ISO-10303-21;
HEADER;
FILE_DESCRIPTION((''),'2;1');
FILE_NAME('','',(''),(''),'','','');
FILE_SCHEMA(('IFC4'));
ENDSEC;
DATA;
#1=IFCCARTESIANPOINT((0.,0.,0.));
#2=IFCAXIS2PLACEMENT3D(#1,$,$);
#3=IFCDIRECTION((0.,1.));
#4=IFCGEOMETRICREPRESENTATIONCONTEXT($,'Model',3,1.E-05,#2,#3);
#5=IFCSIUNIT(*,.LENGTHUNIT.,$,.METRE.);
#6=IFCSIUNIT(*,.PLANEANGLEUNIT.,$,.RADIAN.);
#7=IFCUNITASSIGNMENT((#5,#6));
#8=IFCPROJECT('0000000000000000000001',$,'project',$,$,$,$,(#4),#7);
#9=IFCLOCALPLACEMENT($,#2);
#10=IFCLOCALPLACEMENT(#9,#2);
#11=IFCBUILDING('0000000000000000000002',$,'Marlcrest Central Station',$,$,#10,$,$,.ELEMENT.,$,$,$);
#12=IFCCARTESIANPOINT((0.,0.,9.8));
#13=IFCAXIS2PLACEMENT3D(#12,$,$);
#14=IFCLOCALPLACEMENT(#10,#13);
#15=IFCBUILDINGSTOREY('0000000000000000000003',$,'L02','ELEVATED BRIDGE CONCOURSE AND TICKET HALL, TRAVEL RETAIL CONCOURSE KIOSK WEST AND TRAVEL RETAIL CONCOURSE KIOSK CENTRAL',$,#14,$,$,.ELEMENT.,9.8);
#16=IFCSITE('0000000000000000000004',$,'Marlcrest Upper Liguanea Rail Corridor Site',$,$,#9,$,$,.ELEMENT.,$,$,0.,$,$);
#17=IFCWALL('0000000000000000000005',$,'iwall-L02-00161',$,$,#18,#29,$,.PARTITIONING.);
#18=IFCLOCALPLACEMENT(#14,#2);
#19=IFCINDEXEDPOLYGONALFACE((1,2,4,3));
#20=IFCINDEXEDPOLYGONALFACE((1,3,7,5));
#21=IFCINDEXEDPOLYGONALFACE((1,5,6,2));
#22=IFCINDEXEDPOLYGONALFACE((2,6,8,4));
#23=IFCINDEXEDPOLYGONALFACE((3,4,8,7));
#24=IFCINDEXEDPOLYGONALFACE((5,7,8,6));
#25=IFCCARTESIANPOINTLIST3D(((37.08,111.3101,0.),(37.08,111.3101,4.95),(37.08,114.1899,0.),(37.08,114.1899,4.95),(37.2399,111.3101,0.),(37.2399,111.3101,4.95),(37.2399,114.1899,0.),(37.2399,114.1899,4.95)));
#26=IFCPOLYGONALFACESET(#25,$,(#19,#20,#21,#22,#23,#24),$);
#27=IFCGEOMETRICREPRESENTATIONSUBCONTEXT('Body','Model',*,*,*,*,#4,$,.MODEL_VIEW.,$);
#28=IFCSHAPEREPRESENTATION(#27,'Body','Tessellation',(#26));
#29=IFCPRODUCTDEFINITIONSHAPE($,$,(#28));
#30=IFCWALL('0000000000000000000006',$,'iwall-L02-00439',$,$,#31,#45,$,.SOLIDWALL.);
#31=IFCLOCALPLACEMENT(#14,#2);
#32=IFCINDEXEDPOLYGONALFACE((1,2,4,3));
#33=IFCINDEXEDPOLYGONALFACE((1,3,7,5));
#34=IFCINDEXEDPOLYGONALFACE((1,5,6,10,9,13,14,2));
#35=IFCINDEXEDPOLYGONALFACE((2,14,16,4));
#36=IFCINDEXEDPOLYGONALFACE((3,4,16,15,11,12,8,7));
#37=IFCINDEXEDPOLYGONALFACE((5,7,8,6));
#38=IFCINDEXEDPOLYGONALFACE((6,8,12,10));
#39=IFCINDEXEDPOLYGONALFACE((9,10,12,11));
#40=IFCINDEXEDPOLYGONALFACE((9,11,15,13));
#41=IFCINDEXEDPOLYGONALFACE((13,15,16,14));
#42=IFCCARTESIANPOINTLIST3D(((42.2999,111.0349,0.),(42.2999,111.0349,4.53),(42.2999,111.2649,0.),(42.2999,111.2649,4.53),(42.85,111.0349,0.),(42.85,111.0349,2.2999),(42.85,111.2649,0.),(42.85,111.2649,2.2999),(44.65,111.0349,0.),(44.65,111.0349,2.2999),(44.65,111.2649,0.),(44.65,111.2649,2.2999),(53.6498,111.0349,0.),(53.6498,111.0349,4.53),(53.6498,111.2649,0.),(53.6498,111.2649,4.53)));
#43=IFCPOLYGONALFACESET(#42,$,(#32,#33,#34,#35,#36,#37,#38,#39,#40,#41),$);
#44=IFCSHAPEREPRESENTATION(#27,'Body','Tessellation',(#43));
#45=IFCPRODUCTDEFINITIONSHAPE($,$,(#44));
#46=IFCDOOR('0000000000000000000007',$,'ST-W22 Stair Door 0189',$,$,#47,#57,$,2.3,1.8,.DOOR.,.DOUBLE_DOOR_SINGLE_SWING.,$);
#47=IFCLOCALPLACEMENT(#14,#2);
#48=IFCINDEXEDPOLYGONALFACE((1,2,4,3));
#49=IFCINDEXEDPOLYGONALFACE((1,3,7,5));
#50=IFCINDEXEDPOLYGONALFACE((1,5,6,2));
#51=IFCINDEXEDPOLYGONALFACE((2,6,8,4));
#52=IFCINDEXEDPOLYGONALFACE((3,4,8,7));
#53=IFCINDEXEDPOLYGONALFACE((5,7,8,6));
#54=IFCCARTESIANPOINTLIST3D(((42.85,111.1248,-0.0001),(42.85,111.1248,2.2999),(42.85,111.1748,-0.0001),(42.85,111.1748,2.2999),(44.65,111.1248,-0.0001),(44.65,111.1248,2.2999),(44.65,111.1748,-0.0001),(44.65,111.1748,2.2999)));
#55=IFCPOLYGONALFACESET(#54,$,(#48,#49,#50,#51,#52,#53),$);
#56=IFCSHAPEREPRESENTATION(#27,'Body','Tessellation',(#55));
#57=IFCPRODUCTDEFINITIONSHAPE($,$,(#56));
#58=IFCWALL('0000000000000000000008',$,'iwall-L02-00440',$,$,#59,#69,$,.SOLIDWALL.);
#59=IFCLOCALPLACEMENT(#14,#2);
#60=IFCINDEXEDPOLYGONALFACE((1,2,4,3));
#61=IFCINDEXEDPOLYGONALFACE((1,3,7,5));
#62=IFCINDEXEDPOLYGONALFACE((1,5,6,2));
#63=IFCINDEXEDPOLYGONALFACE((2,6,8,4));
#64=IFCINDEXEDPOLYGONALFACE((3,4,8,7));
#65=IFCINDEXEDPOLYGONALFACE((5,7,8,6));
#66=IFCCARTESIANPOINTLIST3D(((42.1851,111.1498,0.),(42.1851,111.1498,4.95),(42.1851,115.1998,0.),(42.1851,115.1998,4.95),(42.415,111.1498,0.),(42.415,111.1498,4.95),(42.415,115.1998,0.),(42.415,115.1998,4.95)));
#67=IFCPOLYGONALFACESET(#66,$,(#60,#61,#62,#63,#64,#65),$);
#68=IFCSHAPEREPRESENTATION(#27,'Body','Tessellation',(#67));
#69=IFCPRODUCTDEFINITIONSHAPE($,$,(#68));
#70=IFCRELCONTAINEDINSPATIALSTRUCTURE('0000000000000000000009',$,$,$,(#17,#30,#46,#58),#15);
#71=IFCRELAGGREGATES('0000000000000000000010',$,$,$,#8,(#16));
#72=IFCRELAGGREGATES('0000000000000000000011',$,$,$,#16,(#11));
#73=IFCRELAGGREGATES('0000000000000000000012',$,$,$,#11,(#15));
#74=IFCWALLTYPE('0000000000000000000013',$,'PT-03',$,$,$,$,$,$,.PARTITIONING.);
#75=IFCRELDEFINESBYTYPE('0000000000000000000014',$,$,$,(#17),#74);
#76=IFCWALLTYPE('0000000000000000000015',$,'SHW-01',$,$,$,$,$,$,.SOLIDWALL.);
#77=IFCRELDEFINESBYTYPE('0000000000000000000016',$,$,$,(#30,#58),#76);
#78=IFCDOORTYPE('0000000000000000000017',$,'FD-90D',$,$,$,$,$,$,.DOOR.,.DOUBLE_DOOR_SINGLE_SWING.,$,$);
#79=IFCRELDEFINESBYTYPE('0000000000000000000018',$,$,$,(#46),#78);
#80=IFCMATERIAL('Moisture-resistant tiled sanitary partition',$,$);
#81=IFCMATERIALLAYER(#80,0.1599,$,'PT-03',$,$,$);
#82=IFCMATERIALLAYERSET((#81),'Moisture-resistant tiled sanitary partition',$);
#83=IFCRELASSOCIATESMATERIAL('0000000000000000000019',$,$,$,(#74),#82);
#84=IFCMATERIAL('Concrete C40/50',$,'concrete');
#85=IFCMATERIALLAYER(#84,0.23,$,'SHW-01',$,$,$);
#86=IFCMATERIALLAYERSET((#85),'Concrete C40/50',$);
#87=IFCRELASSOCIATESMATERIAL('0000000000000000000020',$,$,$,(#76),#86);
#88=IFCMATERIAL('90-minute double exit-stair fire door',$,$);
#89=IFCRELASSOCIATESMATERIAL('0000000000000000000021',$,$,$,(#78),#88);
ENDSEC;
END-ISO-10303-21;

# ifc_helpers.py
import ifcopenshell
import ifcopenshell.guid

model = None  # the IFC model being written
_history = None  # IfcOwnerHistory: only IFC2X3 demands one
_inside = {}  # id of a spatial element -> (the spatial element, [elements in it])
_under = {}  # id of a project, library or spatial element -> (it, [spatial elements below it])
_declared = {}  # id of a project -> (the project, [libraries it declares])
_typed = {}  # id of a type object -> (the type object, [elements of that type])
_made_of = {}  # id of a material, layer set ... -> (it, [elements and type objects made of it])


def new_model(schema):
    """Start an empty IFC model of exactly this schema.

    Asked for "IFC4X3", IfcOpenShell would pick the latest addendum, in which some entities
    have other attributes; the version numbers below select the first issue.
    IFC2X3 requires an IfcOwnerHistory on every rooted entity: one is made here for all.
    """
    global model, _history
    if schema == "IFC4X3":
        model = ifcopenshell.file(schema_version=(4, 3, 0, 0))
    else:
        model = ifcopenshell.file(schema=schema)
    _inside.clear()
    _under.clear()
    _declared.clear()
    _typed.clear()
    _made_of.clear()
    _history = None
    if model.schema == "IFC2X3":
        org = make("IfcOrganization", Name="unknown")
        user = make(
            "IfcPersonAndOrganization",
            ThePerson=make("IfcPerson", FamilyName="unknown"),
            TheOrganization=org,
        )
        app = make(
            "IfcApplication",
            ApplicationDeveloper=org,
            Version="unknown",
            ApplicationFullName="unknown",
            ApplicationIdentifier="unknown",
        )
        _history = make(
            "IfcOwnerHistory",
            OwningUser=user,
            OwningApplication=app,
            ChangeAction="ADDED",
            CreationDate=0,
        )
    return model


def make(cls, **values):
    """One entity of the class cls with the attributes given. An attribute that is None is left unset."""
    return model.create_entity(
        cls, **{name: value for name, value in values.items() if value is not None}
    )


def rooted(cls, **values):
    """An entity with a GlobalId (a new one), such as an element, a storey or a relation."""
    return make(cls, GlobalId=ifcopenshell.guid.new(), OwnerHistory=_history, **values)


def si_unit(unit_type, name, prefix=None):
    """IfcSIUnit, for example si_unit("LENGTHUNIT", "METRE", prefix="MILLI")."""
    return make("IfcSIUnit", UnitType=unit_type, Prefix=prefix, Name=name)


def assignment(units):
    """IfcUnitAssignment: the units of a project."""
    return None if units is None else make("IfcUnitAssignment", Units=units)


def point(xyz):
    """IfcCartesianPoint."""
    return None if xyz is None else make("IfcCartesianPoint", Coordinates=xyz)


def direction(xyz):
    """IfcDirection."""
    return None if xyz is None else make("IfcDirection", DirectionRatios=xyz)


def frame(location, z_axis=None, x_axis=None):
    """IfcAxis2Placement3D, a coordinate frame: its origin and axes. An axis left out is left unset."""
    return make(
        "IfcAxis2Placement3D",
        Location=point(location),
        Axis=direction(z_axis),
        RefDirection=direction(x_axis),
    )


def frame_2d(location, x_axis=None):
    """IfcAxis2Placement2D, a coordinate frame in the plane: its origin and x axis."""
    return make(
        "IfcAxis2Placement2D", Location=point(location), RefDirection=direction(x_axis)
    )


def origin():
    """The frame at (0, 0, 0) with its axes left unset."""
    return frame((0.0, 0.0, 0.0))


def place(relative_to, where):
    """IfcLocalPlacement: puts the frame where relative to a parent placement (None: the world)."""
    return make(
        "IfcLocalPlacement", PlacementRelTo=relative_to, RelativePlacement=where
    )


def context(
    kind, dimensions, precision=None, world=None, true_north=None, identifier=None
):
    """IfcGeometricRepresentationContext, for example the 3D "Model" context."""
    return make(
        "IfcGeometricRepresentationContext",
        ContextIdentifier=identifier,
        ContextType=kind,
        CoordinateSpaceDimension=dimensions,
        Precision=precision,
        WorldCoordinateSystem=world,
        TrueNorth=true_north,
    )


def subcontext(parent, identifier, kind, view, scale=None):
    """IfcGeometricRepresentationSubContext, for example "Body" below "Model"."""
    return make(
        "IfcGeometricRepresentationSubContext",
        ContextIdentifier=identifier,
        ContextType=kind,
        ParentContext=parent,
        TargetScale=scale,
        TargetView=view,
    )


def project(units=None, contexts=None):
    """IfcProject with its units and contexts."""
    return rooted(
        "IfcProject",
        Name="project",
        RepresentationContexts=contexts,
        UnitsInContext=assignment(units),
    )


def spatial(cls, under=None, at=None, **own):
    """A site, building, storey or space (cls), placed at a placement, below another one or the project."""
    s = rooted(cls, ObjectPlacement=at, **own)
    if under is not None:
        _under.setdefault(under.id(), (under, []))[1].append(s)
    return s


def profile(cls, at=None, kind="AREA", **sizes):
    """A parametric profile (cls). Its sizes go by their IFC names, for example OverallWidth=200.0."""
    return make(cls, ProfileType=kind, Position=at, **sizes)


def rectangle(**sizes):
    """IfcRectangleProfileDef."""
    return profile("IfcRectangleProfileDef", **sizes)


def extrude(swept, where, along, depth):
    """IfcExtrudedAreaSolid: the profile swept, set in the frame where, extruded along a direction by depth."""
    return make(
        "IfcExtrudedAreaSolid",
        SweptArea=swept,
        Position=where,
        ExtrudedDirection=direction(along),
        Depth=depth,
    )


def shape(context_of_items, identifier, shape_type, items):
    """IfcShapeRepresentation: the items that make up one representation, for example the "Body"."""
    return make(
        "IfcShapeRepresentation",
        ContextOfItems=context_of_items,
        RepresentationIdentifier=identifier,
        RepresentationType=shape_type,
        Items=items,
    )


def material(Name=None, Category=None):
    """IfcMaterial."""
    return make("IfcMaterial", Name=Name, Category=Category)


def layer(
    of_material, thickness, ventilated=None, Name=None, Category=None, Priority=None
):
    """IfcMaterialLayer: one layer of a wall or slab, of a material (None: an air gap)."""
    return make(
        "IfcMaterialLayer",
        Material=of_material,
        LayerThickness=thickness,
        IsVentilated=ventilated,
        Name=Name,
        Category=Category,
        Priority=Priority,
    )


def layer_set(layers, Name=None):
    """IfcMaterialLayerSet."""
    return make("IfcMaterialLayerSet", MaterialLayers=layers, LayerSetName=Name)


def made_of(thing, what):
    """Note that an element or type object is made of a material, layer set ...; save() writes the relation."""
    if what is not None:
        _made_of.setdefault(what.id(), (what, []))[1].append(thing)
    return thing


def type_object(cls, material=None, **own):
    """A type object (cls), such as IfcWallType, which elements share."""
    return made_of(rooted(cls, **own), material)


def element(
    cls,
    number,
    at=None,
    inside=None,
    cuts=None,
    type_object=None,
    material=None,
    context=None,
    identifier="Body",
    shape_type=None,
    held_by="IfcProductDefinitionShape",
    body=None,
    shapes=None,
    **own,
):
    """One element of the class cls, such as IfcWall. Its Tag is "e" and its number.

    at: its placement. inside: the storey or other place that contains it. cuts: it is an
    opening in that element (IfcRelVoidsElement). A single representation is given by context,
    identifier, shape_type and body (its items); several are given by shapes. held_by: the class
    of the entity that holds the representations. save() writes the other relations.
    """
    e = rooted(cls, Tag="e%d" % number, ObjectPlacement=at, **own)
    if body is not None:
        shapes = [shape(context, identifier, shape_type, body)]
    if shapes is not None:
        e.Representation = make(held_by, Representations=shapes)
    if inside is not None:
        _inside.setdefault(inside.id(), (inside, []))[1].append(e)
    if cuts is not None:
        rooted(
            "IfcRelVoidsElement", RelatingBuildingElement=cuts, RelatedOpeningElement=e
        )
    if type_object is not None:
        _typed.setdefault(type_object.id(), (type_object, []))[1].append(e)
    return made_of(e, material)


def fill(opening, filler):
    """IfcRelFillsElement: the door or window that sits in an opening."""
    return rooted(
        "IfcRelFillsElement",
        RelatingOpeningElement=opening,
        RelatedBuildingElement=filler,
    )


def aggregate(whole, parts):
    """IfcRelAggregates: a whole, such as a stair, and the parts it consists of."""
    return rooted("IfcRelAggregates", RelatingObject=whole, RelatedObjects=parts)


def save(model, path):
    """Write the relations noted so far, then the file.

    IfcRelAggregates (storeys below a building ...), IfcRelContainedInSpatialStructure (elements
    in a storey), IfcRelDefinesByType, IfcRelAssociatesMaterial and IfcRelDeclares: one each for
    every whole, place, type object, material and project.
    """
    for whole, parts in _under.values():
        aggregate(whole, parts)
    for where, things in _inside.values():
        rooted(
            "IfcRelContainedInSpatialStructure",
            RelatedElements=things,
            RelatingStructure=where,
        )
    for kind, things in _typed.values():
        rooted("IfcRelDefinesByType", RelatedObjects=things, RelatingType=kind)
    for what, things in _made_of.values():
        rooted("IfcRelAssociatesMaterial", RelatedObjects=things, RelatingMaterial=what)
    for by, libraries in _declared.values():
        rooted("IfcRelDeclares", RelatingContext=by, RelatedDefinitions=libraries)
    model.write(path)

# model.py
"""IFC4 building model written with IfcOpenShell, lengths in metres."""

from ifc_helpers import new_model, si_unit, direction, frame, frame_2d, origin, place, context, subcontext, project, spatial, rectangle, extrude, material, layer, layer_set, type_object, element, fill, save


model = new_model("IFC4")

# Units and contexts
model_context = context("Model", 3, precision=1e-05, world=origin(), true_north=direction((0.0, 1.0)))
body_context = subcontext(model_context, "Body", "Model", "MODEL_VIEW")
ifc_project = project(units=[si_unit("LENGTHUNIT", "METRE"), si_unit("PLANEANGLEUNIT", "RADIAN")], contexts=[model_context])

# Site, building, storey
site_placement = place(None, origin())
site = spatial("IfcSite", under=ifc_project, at=site_placement, Name="Marlcrest Upper Liguanea Rail Corridor Site", CompositionType="ELEMENT", RefElevation=0.0)
building_placement = place(site_placement, origin())
building = spatial("IfcBuilding", under=site, at=building_placement, Name="Marlcrest Central Station", CompositionType="ELEMENT")
storey_placement = place(building_placement, frame((0.0, 0.0, 9.8)))
storey = spatial("IfcBuildingStorey", under=building, at=storey_placement, Name="L02", Description="ELEVATED BRIDGE CONCOURSE AND TICKET HALL, TRAVEL RETAIL CONCOURSE KIOSK WEST AND TRAVEL RETAIL CONCOURSE KIOSK CENTRAL", CompositionType="ELEMENT", Elevation=9.8)

# Shared definitions
ifc_material_1 = material(Name="Moisture-resistant tiled sanitary partition")
ifc_layer_1 = layer(ifc_material_1, 0.1599, Name="PT-03")
ifc_layer_set_1 = layer_set([ifc_layer_1], Name="Moisture-resistant tiled sanitary partition")
wall_type_1 = type_object("IfcWallType", Name="PT-03", PredefinedType="PARTITIONING", material=ifc_layer_set_1)

# Wall
wall_1_placement = place(storey_placement, frame((37.1599, 111.3101, 0.0), z_axis=(0.0, 0.0, 1.0), x_axis=(0.0, 1.0, 0.0)))
element("IfcWall", 1, at=wall_1_placement, inside=storey, type_object=wall_type_1, Name="iwall-L02-00161", PredefinedType="PARTITIONING", context=body_context, shape_type="SweptSolid", body=[
    extrude(rectangle(XDim=2.8799, YDim=0.1599, at=frame_2d((1.4399, 0.0))), origin(), (0.0, 0.0, 1.0), 4.95),
])

# Wall, opening, door
ifc_material_2 = material(Name="Concrete C40/50", Category="concrete")
ifc_layer_2 = layer(ifc_material_2, 0.23, Name="SHW-01")
ifc_layer_set_2 = layer_set([ifc_layer_2], Name="Concrete C40/50")
wall_type_2 = type_object("IfcWallType", Name="SHW-01", PredefinedType="SOLIDWALL", material=ifc_layer_set_2)
wall_2_placement = place(storey_placement, frame((42.3, 111.1499, 0.0), z_axis=(0.0, 0.0, 1.0), x_axis=(1.0, 0.0, 0.0)))
wall_2 = element("IfcWall", 2, at=wall_2_placement, inside=storey, type_object=wall_type_2, Name="iwall-L02-00439", PredefinedType="SOLIDWALL", context=body_context, shape_type="SweptSolid", body=[
    extrude(rectangle(XDim=11.3499, YDim=0.23, at=frame_2d((5.6748, 0.0))), origin(), (0.0, 0.0, 1.0), 4.53),
])
opening_1_placement = place(wall_2_placement, frame((0.55, 0.0, 0.0)))
opening_1 = element("IfcOpeningElement", 3, at=opening_1_placement, cuts=wall_2, PredefinedType="OPENING", context=body_context, shape_type="SweptSolid", body=[
    extrude(rectangle(XDim=1.8, YDim=2.3, at=frame_2d((0.8999, 1.1499))), frame((0.0, 0.125, 0.0), z_axis=(0.0, -1.0, 0.0), x_axis=(1.0, 0.0, 0.0)), (0.0, 0.0, 1.0), 0.25),
])
ifc_material_3 = material(Name="90-minute double exit-stair fire door")
door_type_1 = type_object("IfcDoorType", Name="FD-90D", OperationType="DOUBLE_DOOR_SINGLE_SWING", PredefinedType="DOOR", material=ifc_material_3)
door_1_placement = place(opening_1_placement, origin())
door_1 = element("IfcDoor", 4, at=door_1_placement, inside=storey, type_object=door_type_1, Name="ST-W22 Stair Door 0189", OperationType="DOUBLE_DOOR_SINGLE_SWING", OverallHeight=2.3, OverallWidth=1.8, PredefinedType="DOOR", context=body_context, shape_type="SweptSolid", body=[
    extrude(rectangle(XDim=1.8, YDim=2.3, at=frame_2d((0.8999, 1.1499))), frame((0.0, 0.0249, 0.0), z_axis=(0.0, -1.0, 0.0), x_axis=(1.0, 0.0, 0.0)), (0.0, 0.0, 1.0), 0.05),
])
fill(opening_1, door_1)

# Wall
wall_3_placement = place(storey_placement, frame((42.3, 111.1499, 0.0), z_axis=(0.0, 0.0, 1.0), x_axis=(0.0, 1.0, 0.0)))
element("IfcWall", 5, at=wall_3_placement, inside=storey, type_object=wall_type_2, Name="iwall-L02-00440", PredefinedType="SOLIDWALL", context=body_context, shape_type="SweptSolid", body=[
    extrude(rectangle(XDim=4.05, YDim=0.23, at=frame_2d((2.0249, 0.0))), origin(), (0.0, 0.0, 1.0), 4.95),
])

save(model, "model.ifc")
